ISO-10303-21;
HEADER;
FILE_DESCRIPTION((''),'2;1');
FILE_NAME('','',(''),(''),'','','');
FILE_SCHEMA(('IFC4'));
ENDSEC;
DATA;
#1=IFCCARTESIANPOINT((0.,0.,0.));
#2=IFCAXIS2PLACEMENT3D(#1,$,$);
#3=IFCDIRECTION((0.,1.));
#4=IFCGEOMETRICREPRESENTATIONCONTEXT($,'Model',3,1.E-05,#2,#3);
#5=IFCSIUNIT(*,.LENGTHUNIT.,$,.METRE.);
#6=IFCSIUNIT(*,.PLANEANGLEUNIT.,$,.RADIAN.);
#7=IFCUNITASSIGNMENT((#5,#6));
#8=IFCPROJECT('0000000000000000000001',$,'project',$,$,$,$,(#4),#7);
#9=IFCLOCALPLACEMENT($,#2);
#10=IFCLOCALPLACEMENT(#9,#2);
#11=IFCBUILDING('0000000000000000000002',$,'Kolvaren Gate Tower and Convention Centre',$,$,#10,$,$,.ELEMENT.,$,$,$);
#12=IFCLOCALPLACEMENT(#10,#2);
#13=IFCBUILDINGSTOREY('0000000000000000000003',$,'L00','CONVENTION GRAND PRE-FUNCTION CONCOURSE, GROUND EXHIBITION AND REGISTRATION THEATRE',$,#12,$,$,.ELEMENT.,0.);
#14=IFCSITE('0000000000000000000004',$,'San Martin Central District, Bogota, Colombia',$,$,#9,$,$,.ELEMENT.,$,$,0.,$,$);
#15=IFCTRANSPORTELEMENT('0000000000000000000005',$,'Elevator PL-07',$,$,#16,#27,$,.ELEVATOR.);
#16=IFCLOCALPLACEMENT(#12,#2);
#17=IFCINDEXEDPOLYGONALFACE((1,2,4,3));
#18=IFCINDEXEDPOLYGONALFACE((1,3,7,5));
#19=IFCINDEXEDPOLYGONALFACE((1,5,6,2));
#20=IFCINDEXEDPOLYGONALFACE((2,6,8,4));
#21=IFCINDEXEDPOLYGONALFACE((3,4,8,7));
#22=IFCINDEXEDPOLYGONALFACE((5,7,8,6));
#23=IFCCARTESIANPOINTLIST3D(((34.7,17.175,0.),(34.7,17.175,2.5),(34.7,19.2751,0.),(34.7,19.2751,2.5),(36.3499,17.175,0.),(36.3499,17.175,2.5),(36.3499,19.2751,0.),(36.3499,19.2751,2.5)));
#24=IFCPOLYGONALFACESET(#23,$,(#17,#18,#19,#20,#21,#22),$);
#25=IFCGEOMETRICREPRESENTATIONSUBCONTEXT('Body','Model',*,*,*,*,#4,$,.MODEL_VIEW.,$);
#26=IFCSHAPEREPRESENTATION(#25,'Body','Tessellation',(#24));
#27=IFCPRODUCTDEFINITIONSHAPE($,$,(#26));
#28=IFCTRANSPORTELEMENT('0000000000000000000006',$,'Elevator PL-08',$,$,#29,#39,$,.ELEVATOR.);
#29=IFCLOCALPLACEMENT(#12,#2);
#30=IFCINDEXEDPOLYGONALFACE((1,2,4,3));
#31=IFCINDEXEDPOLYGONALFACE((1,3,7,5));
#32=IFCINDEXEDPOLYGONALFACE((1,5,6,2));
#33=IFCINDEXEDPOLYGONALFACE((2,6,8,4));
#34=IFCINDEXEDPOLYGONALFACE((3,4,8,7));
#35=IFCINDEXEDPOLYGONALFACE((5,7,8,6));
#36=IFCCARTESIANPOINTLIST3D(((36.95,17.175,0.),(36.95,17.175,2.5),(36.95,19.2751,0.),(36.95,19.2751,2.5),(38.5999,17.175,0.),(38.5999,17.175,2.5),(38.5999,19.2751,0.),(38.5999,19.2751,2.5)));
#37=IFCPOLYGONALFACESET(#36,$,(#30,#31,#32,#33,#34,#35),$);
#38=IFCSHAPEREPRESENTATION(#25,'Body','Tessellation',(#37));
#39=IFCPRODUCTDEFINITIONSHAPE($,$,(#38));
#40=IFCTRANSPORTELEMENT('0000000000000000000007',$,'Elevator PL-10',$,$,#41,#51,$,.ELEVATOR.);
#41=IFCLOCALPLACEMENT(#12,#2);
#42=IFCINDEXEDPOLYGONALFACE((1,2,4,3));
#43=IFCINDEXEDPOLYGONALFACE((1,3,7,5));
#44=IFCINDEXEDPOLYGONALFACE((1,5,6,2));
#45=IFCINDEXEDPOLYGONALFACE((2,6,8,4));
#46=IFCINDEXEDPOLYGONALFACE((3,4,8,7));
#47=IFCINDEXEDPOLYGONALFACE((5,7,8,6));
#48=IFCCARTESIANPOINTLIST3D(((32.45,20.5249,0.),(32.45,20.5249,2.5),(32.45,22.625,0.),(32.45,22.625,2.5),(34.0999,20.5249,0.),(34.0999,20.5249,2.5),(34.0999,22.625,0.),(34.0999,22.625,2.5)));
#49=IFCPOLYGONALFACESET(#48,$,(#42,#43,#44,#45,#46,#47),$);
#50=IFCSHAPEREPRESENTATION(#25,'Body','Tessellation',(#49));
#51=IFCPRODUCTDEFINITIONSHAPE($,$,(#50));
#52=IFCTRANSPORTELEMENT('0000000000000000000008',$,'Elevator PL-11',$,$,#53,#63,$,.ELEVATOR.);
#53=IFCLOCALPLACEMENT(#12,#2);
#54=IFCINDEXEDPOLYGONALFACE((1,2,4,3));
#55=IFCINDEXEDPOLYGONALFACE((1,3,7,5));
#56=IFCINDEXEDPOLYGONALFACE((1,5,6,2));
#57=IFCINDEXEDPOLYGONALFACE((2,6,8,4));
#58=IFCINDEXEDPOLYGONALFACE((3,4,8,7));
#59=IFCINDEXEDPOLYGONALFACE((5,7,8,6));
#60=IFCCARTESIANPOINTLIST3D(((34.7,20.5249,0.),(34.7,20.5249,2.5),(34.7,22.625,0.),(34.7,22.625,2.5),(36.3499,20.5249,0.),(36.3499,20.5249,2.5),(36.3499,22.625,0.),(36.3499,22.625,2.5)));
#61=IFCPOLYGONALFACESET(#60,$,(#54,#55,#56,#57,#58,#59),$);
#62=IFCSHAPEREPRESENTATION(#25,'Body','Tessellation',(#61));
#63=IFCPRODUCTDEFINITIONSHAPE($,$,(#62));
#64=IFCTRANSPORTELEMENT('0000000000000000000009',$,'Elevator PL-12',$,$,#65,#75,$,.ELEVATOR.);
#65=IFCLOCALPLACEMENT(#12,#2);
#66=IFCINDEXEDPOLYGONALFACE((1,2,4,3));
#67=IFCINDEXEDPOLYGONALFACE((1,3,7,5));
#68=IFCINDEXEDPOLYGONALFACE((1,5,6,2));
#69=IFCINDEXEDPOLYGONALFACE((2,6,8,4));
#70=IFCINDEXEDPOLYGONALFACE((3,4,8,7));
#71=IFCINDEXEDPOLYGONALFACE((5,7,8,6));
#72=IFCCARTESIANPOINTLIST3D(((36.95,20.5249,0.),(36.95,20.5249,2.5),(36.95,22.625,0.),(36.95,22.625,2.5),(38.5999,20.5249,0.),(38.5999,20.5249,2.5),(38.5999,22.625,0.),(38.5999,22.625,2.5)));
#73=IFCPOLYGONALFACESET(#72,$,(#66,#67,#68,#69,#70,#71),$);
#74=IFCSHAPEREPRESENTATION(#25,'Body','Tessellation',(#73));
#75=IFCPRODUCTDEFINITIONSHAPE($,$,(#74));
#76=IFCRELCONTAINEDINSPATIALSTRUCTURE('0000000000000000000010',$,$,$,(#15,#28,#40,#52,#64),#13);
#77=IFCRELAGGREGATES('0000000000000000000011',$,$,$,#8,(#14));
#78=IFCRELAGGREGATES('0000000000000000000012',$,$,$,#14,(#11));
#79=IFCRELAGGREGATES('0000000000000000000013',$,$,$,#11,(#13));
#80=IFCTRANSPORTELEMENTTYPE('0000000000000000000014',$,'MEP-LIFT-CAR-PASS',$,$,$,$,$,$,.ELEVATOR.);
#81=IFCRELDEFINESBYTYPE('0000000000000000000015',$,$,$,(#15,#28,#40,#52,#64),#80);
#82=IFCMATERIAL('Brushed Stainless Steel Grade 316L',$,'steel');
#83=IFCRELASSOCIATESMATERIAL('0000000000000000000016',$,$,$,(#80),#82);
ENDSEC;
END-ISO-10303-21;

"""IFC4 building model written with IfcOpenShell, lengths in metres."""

from ifc_helpers import new_model, si_unit, direction, frame, origin, origin_2d, place, context, subcontext, project, spatial, rectangle, extrude, material, type_object, element, save


model = new_model("IFC4")

# Units and contexts
model_context = context("Model", 3, precision=1e-05, world=origin(), true_north=direction((0.0, 1.0)))
body_context = subcontext(model_context, "Body", "Model", "MODEL_VIEW")
ifc_project = project(units=[si_unit("LENGTHUNIT", "METRE"), si_unit("PLANEANGLEUNIT", "RADIAN")], contexts=[model_context])

# Site, building, storey
site_placement = place(None, origin())
site = spatial("IfcSite", under=ifc_project, at=site_placement, Name="San Martin Central District, Bogota, Colombia", CompositionType="ELEMENT", RefElevation=0.0)
building_placement = place(site_placement, origin())
building = spatial("IfcBuilding", under=site, at=building_placement, Name="Kolvaren Gate Tower and Convention Centre", CompositionType="ELEMENT")
storey_placement = place(building_placement, origin())
storey = spatial("IfcBuildingStorey", under=building, at=storey_placement, Name="L00", Description="CONVENTION GRAND PRE-FUNCTION CONCOURSE, GROUND EXHIBITION AND REGISTRATION THEATRE", CompositionType="ELEMENT", Elevation=0.0)

# Shared definitions
ifc_material_1 = material(Name="Brushed Stainless Steel Grade 316L", Category="steel")

# Transport elements
transport_element_type = type_object("IfcTransportElementType", Name="MEP-LIFT-CAR-PASS", PredefinedType="ELEVATOR", material=ifc_material_1)
for number, where, z_axis, x_axis, name in (
    (1, (35.5249, 18.2251, 0.0), (0.0, 0.0, 1.0), (1.0, 0.0, 0.0), "Elevator PL-07"),
    (2, (37.7749, 18.2251, 0.0), (0.0, 0.0, 1.0), (1.0, 0.0, 0.0), "Elevator PL-08"),
    (3, (33.2749, 21.575, 0.0), (0.0, 0.0, 1.0), (1.0, 0.0, 0.0), "Elevator PL-10"),
    (4, (35.5249, 21.575, 0.0), (0.0, 0.0, 1.0), (1.0, 0.0, 0.0), "Elevator PL-11"),
    (5, (37.7749, 21.575, 0.0), (0.0, 0.0, 1.0), (1.0, 0.0, 0.0), "Elevator PL-12"),
):
    element("IfcTransportElement", number, at=place(storey_placement, frame(where, z_axis=z_axis, x_axis=x_axis)), inside=storey, type_object=transport_element_type, Name=name, PredefinedType="ELEVATOR", context=body_context, shape_type="SweptSolid", body=[
        extrude(rectangle(XDim=1.6499, YDim=2.1001, at=origin_2d()), origin(), (0.0, 0.0, 1.0), 2.5),
    ])

save(model, "model.ifc")
